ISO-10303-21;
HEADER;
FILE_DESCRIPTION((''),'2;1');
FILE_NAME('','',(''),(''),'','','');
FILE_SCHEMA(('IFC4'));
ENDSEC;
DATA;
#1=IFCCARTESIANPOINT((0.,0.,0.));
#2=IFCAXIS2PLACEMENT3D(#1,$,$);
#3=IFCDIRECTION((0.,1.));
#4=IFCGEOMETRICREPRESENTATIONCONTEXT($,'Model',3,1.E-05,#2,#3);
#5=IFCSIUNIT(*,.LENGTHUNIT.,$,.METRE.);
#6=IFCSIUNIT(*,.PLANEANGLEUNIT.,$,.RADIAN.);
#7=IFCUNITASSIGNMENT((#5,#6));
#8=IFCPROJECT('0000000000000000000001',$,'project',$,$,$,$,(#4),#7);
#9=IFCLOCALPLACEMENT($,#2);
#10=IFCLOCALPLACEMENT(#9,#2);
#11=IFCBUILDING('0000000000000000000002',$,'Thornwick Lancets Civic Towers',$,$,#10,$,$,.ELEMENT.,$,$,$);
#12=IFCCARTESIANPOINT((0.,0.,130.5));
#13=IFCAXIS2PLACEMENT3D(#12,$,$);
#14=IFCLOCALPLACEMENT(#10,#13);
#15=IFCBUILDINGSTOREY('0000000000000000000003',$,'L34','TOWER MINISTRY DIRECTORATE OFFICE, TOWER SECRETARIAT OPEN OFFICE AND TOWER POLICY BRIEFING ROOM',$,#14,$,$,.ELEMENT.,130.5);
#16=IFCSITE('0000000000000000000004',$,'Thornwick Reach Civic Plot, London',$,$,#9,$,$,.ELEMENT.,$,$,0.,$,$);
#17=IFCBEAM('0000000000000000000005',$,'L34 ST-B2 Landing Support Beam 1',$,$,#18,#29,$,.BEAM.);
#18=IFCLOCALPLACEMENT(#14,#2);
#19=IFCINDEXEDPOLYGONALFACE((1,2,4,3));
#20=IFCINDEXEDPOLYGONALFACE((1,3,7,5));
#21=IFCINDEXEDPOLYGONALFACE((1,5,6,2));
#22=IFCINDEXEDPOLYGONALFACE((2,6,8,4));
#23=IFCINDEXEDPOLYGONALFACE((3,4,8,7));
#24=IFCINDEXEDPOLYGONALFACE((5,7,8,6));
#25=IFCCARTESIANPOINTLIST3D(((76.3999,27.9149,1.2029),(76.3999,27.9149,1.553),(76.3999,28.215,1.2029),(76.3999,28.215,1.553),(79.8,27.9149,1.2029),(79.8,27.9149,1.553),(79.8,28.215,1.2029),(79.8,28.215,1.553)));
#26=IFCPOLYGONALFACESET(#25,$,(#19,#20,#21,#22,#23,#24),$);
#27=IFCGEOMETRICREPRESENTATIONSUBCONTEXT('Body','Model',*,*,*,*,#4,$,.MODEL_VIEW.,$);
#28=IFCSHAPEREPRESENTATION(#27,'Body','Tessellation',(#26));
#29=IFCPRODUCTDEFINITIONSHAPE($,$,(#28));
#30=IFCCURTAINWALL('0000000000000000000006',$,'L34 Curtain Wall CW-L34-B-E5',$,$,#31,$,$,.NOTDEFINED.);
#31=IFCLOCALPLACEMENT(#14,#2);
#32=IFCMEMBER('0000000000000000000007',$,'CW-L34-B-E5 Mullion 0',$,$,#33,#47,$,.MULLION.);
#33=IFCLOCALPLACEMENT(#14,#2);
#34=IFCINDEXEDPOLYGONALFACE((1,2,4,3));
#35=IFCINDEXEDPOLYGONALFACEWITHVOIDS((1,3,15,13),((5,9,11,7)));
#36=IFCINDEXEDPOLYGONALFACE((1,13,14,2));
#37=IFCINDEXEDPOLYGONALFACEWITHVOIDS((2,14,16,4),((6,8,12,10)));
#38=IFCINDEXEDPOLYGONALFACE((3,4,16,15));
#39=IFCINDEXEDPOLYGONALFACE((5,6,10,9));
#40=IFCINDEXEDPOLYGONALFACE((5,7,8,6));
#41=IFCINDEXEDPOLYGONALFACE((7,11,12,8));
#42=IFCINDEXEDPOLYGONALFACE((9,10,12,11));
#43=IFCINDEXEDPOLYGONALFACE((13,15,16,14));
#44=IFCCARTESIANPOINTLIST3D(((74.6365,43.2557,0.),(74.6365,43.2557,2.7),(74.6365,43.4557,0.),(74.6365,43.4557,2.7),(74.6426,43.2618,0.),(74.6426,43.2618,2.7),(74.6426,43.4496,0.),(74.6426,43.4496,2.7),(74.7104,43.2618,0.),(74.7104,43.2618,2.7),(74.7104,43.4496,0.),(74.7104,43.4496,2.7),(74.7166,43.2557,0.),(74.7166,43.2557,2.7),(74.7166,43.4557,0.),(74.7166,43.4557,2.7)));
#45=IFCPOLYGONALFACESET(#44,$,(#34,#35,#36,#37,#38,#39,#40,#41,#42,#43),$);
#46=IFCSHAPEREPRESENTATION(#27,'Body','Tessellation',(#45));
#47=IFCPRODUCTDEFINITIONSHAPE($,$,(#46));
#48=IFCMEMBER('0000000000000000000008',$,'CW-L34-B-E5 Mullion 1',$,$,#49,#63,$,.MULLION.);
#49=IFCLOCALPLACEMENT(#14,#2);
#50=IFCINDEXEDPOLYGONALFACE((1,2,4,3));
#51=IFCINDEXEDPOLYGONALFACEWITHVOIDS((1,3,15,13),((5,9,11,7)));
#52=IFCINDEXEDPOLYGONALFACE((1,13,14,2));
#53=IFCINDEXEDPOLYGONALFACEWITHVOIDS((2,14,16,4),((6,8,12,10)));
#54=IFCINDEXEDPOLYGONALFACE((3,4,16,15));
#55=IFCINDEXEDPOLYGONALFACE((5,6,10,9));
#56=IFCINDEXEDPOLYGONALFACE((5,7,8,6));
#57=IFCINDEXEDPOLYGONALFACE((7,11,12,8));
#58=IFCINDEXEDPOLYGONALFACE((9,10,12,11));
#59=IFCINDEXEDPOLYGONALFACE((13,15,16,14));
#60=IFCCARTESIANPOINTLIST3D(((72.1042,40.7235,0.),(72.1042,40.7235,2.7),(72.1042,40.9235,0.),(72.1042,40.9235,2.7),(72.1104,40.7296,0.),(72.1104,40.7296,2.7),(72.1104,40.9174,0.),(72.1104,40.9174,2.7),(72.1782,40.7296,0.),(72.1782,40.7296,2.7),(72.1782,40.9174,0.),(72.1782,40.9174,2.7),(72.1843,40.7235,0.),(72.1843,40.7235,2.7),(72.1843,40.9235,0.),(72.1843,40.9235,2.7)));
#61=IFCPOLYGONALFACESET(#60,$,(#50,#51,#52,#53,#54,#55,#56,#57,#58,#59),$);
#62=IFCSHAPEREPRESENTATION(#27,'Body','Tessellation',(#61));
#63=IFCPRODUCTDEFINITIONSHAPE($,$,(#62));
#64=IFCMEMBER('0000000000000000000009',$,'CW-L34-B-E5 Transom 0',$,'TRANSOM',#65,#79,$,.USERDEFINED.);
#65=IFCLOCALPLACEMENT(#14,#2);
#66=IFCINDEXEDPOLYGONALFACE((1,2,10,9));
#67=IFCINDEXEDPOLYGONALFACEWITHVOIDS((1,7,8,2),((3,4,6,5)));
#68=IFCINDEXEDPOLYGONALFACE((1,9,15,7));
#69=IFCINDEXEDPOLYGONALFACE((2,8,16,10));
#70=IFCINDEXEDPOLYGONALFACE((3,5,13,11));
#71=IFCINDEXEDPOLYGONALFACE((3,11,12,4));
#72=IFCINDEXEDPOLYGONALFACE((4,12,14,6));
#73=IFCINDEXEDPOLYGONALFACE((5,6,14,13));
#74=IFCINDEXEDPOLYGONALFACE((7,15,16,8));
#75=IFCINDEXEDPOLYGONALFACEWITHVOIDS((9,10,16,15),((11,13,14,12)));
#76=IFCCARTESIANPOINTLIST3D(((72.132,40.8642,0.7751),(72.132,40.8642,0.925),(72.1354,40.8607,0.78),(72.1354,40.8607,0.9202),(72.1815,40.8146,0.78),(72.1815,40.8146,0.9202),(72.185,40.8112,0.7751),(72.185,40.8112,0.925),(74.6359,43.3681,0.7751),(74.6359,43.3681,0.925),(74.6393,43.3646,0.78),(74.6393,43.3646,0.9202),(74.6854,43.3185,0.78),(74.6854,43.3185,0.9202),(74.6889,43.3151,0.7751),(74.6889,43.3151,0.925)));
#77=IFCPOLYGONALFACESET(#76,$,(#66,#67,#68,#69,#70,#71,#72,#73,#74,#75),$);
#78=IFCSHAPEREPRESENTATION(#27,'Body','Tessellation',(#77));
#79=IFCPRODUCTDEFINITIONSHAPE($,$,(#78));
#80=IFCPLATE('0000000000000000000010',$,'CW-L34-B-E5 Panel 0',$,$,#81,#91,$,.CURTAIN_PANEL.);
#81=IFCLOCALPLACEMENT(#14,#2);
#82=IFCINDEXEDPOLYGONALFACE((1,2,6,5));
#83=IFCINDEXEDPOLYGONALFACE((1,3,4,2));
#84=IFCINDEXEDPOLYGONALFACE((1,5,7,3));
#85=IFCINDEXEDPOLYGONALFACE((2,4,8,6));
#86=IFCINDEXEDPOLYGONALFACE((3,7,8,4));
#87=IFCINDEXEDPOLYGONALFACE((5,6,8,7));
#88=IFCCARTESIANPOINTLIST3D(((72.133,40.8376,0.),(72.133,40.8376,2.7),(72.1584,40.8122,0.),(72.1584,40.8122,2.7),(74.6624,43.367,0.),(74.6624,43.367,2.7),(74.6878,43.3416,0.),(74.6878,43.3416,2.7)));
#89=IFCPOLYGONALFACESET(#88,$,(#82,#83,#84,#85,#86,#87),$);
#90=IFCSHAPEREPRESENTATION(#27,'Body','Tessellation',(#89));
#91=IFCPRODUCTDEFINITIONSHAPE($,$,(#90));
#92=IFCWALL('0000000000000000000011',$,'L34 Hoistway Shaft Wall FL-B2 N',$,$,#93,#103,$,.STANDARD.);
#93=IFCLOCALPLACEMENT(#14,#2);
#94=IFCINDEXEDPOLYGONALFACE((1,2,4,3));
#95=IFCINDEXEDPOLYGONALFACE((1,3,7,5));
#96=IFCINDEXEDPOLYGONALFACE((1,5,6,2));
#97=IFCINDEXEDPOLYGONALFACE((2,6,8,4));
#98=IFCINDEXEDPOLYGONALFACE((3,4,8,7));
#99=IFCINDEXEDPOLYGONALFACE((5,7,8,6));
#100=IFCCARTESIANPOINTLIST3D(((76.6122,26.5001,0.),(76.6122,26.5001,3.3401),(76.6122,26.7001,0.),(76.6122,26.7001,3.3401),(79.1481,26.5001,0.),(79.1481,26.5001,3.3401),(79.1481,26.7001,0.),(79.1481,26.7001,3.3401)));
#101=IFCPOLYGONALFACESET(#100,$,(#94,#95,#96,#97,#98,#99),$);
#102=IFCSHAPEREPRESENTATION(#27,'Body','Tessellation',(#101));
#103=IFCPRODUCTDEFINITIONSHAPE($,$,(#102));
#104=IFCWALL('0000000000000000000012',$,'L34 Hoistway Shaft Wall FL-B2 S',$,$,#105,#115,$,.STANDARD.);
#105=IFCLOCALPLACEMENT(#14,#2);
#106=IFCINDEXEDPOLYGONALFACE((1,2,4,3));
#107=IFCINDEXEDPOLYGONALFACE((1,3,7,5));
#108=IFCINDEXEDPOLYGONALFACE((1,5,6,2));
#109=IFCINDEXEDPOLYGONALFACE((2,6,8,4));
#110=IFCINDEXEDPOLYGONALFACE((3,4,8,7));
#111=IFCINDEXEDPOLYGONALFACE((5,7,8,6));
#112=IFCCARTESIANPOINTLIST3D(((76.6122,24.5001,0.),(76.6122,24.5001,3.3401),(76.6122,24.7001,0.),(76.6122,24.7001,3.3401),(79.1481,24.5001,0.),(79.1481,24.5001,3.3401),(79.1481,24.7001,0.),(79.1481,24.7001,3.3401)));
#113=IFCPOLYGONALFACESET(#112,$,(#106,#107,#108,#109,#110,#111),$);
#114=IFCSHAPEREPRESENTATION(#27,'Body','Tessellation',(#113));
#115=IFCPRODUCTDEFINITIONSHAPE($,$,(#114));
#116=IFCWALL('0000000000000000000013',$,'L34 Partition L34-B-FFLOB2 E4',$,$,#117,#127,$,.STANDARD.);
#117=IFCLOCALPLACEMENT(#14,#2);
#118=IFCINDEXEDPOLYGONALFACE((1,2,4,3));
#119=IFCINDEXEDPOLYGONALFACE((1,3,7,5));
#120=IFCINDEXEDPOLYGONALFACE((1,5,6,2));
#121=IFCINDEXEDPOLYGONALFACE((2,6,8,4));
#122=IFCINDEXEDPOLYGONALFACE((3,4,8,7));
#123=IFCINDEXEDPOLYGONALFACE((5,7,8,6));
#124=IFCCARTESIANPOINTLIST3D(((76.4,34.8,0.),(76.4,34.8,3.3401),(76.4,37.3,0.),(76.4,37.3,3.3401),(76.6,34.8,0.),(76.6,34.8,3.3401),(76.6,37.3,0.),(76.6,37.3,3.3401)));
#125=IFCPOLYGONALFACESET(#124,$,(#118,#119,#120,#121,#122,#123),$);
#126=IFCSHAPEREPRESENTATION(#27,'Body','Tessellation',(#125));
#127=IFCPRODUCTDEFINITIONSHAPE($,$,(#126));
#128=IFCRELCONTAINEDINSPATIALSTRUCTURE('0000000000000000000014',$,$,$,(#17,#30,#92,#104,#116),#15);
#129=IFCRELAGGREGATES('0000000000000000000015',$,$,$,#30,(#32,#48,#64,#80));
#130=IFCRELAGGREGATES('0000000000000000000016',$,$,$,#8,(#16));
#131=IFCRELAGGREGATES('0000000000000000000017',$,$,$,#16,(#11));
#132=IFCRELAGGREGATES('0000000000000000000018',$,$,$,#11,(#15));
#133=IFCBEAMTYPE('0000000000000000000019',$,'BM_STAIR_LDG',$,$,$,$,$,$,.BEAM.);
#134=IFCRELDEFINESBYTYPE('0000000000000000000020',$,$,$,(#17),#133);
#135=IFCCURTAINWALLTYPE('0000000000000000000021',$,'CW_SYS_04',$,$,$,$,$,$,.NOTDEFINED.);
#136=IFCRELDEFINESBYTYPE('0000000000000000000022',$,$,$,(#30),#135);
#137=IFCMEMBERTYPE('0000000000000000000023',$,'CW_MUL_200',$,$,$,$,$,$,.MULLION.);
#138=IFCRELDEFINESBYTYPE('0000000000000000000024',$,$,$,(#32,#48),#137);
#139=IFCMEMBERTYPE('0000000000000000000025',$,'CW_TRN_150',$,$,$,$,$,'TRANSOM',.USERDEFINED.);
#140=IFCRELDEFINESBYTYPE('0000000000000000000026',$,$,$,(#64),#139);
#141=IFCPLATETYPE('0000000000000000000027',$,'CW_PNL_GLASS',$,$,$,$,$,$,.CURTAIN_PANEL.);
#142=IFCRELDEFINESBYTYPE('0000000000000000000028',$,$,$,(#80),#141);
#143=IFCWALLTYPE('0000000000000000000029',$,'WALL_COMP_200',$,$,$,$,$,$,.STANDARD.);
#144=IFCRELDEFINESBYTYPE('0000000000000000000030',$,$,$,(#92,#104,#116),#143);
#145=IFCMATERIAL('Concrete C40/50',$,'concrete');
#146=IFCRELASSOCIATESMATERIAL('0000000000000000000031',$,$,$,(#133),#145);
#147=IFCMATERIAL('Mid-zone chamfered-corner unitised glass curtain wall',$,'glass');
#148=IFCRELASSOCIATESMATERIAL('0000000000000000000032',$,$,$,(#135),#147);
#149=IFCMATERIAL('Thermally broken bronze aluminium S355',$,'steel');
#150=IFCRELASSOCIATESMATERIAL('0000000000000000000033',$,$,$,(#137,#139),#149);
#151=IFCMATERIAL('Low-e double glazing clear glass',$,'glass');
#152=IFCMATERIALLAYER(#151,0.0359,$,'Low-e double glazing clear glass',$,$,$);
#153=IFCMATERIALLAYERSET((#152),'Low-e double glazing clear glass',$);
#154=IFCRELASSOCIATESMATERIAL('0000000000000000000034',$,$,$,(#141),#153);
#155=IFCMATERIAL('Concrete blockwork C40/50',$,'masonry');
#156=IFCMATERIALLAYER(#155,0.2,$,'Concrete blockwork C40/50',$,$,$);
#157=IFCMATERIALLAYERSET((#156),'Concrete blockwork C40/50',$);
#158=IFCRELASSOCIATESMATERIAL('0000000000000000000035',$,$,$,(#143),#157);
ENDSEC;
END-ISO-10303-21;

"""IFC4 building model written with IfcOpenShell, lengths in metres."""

from ifc_helpers import new_model, si_unit, direction, frame, frame_2d, origin, origin_2d, place, context, subcontext, project, spatial, rectangle, hollow_rectangle, extrude, material, layer, layer_set, material_profile, profile_set, type_object, element, aggregate, save


model = new_model("IFC4")

# Units and contexts
model_context = context("Model", 3, precision=1e-05, world=origin(), true_north=direction((0.0, 1.0)))
body_context = subcontext(model_context, "Body", "Model", "MODEL_VIEW")
ifc_project = project(units=[si_unit("LENGTHUNIT", "METRE"), si_unit("PLANEANGLEUNIT", "RADIAN")], contexts=[model_context])

# Site, building, storey
site_placement = place(None, origin())
site = spatial("IfcSite", under=ifc_project, at=site_placement, Name="Thornwick Reach Civic Plot, London", CompositionType="ELEMENT", RefElevation=0.0)
building_placement = place(site_placement, origin())
building = spatial("IfcBuilding", under=site, at=building_placement, Name="Thornwick Lancets Civic Towers", CompositionType="ELEMENT")
storey_placement = place(building_placement, frame((0.0, 0.0, 130.5)))
storey = spatial("IfcBuildingStorey", under=building, at=storey_placement, Name="L34", Description="TOWER MINISTRY DIRECTORATE OFFICE, TOWER SECRETARIAT OPEN OFFICE AND TOWER POLICY BRIEFING ROOM", CompositionType="ELEMENT", Elevation=130.5)

# Beam
ifc_material_1 = material(Name="Concrete C40/50", Category="concrete")
ifc_material_profile_1 = material_profile(ifc_material_1, rectangle(XDim=0.3, YDim=0.3501, at=origin_2d()), Name="RC 300x350")
ifc_profile_set_1 = profile_set([ifc_material_profile_1], Name="Concrete C40/50")
beam_type_1 = type_object("IfcBeamType", Name="BM_STAIR_LDG", PredefinedType="BEAM", material=ifc_profile_set_1)
beam_1_placement = place(storey_placement, frame((76.3999, 28.0649, 1.3779), z_axis=(1.0, 0.0, 0.0), x_axis=(0.0, 1.0, 0.0)))
element("IfcBeam", 1, at=beam_1_placement, inside=storey, type_object=beam_type_1, Name="L34 ST-B2 Landing Support Beam 1", PredefinedType="BEAM", context=body_context, shape_type="SweptSolid", body=[
    extrude(rectangle(XDim=0.3, YDim=0.3501, at=origin_2d()), origin(), (0.0, 0.0, 1.0), 3.4001),
])

# Curtain wall, members, plate
ifc_material_2 = material(Name="Mid-zone chamfered-corner unitised glass curtain wall", Category="glass")
curtain_wall_type = type_object("IfcCurtainWallType", Name="CW_SYS_04", PredefinedType="NOTDEFINED", material=ifc_material_2)
curtain_wall_placement = place(storey_placement, origin())
curtain_wall = element("IfcCurtainWall", 2, at=curtain_wall_placement, inside=storey, type_object=curtain_wall_type, Name="L34 Curtain Wall CW-L34-B-E5", PredefinedType="NOTDEFINED")
ifc_material_3 = material(Name="Thermally broken bronze aluminium S355", Category="steel")
ifc_material_profile_2 = material_profile(ifc_material_3, hollow_rectangle(XDim=0.0801, YDim=0.2, WallThickness=0.0061, at=origin_2d()), Name="RHS 200x80x6")
ifc_profile_set_2 = profile_set([ifc_material_profile_2], Name="Thermally broken bronze aluminium S355")
member_type_1 = type_object("IfcMemberType", Name="CW_MUL_200", PredefinedType="MULLION", material=ifc_profile_set_2)
member_1_placement = place(storey_placement, frame((74.6765, 43.3557, 0.0), z_axis=(0.0, 0.0, 1.0), x_axis=(1.0, 0.0, 0.0)))
member_1 = element("IfcMember", 3, at=member_1_placement, type_object=member_type_1, Name="CW-L34-B-E5 Mullion 0", PredefinedType="MULLION", context=body_context, shape_type="SweptSolid", body=[
    extrude(hollow_rectangle(XDim=0.0801, YDim=0.2, WallThickness=0.0061, at=origin_2d()), origin(), (0.0, 0.0, 1.0), 2.7),
])
member_2_placement = place(storey_placement, frame((72.1443, 40.8235, 0.0), z_axis=(0.0, 0.0, 1.0), x_axis=(1.0, 0.0, 0.0)))
member_2 = element("IfcMember", 4, at=member_2_placement, type_object=member_type_1, Name="CW-L34-B-E5 Mullion 1", PredefinedType="MULLION", context=body_context, shape_type="SweptSolid", body=[
    extrude(hollow_rectangle(XDim=0.0801, YDim=0.2, WallThickness=0.0061, at=origin_2d()), origin(), (0.0, 0.0, 1.0), 2.7),
])
ifc_material_profile_3 = material_profile(ifc_material_3, hollow_rectangle(XDim=0.075, YDim=0.1499, WallThickness=0.0049, at=origin_2d()), Name="RHS 150x75x5")
ifc_profile_set_3 = profile_set([ifc_material_profile_3], Name="Thermally broken bronze aluminium S355")
member_type_2 = type_object("IfcMemberType", Name="CW_TRN_150", ElementType="TRANSOM", PredefinedType="USERDEFINED", material=ifc_profile_set_3)
member_3_placement = place(storey_placement, frame((74.6624, 43.3416, 0.8501), z_axis=(-0.707107, -0.707107, 0.0), x_axis=(0.707107, -0.707107, 0.0)))
member_3 = element("IfcMember", 5, at=member_3_placement, type_object=member_type_2, Name="CW-L34-B-E5 Transom 0", ObjectType="TRANSOM", PredefinedType="USERDEFINED", context=body_context, shape_type="SweptSolid", body=[
    extrude(hollow_rectangle(XDim=0.075, YDim=0.1499, WallThickness=0.0049, at=origin_2d()), origin(), (0.0, 0.0, 1.0), 3.541),
])
ifc_material_4 = material(Name="Low-e double glazing clear glass", Category="glass")
ifc_layer_1 = layer(ifc_material_4, 0.0359, Name="Low-e double glazing clear glass")
ifc_layer_set_1 = layer_set([ifc_layer_1], Name="Low-e double glazing clear glass")
plate_type = type_object("IfcPlateType", Name="CW_PNL_GLASS", PredefinedType="CURTAIN_PANEL", material=ifc_layer_set_1)
plate_placement = place(storey_placement, frame((73.4104, 42.0896, 0.0), z_axis=(0.0, 0.0, 1.0), x_axis=(-0.707107, -0.707107, 0.0)))
plate = element("IfcPlate", 6, at=plate_placement, type_object=plate_type, Name="CW-L34-B-E5 Panel 0", PredefinedType="CURTAIN_PANEL", context=body_context, shape_type="SweptSolid", body=[
    extrude(rectangle(XDim=3.5771, YDim=0.0359, at=origin_2d()), origin(), (0.0, 0.0, 1.0), 2.7),
])
aggregate(curtain_wall, [member_1, member_2, member_3, plate])

# Walls
ifc_material_5 = material(Name="Concrete blockwork C40/50", Category="masonry")
ifc_layer_2 = layer(ifc_material_5, 0.2, Name="Concrete blockwork C40/50")
ifc_layer_set_2 = layer_set([ifc_layer_2], Name="Concrete blockwork C40/50")
wall_type_1 = type_object("IfcWallType", Name="WALL_COMP_200", PredefinedType="STANDARD", material=ifc_layer_set_2)
for number, where, z_axis, x_axis, name in (
    (7, (76.6121, 26.6001, 0.0), (0.0, 0.0, 1.0), (1.0, 0.0, 0.0), "L34 Hoistway Shaft Wall FL-B2 N"),
    (8, (76.6121, 24.6001, 0.0), (0.0, 0.0, 1.0), (1.0, 0.0, 0.0), "L34 Hoistway Shaft Wall FL-B2 S"),
):
    element("IfcWall", number, at=place(storey_placement, frame(where, z_axis=z_axis, x_axis=x_axis)), inside=storey, type_object=wall_type_1, Name=name, PredefinedType="STANDARD", context=body_context, shape_type="SweptSolid", body=[
        extrude(rectangle(XDim=2.5359, YDim=0.2, at=frame_2d((1.2681, 0.0))), origin(), (0.0, 0.0, 1.0), 3.3401),
    ])
wall_1_placement = place(storey_placement, frame((76.5, 37.3, 0.0), z_axis=(0.0, 0.0, 1.0), x_axis=(0.0, -1.0, 0.0)))
element("IfcWall", 9, at=wall_1_placement, inside=storey, type_object=wall_type_1, Name="L34 Partition L34-B-FFLOB2 E4", PredefinedType="STANDARD", context=body_context, shape_type="SweptSolid", body=[
    extrude(rectangle(XDim=2.5, YDim=0.2, at=frame_2d((1.25, 0.0))), origin(), (0.0, 0.0, 1.0), 3.3401),
])

save(model, "model.ifc")
